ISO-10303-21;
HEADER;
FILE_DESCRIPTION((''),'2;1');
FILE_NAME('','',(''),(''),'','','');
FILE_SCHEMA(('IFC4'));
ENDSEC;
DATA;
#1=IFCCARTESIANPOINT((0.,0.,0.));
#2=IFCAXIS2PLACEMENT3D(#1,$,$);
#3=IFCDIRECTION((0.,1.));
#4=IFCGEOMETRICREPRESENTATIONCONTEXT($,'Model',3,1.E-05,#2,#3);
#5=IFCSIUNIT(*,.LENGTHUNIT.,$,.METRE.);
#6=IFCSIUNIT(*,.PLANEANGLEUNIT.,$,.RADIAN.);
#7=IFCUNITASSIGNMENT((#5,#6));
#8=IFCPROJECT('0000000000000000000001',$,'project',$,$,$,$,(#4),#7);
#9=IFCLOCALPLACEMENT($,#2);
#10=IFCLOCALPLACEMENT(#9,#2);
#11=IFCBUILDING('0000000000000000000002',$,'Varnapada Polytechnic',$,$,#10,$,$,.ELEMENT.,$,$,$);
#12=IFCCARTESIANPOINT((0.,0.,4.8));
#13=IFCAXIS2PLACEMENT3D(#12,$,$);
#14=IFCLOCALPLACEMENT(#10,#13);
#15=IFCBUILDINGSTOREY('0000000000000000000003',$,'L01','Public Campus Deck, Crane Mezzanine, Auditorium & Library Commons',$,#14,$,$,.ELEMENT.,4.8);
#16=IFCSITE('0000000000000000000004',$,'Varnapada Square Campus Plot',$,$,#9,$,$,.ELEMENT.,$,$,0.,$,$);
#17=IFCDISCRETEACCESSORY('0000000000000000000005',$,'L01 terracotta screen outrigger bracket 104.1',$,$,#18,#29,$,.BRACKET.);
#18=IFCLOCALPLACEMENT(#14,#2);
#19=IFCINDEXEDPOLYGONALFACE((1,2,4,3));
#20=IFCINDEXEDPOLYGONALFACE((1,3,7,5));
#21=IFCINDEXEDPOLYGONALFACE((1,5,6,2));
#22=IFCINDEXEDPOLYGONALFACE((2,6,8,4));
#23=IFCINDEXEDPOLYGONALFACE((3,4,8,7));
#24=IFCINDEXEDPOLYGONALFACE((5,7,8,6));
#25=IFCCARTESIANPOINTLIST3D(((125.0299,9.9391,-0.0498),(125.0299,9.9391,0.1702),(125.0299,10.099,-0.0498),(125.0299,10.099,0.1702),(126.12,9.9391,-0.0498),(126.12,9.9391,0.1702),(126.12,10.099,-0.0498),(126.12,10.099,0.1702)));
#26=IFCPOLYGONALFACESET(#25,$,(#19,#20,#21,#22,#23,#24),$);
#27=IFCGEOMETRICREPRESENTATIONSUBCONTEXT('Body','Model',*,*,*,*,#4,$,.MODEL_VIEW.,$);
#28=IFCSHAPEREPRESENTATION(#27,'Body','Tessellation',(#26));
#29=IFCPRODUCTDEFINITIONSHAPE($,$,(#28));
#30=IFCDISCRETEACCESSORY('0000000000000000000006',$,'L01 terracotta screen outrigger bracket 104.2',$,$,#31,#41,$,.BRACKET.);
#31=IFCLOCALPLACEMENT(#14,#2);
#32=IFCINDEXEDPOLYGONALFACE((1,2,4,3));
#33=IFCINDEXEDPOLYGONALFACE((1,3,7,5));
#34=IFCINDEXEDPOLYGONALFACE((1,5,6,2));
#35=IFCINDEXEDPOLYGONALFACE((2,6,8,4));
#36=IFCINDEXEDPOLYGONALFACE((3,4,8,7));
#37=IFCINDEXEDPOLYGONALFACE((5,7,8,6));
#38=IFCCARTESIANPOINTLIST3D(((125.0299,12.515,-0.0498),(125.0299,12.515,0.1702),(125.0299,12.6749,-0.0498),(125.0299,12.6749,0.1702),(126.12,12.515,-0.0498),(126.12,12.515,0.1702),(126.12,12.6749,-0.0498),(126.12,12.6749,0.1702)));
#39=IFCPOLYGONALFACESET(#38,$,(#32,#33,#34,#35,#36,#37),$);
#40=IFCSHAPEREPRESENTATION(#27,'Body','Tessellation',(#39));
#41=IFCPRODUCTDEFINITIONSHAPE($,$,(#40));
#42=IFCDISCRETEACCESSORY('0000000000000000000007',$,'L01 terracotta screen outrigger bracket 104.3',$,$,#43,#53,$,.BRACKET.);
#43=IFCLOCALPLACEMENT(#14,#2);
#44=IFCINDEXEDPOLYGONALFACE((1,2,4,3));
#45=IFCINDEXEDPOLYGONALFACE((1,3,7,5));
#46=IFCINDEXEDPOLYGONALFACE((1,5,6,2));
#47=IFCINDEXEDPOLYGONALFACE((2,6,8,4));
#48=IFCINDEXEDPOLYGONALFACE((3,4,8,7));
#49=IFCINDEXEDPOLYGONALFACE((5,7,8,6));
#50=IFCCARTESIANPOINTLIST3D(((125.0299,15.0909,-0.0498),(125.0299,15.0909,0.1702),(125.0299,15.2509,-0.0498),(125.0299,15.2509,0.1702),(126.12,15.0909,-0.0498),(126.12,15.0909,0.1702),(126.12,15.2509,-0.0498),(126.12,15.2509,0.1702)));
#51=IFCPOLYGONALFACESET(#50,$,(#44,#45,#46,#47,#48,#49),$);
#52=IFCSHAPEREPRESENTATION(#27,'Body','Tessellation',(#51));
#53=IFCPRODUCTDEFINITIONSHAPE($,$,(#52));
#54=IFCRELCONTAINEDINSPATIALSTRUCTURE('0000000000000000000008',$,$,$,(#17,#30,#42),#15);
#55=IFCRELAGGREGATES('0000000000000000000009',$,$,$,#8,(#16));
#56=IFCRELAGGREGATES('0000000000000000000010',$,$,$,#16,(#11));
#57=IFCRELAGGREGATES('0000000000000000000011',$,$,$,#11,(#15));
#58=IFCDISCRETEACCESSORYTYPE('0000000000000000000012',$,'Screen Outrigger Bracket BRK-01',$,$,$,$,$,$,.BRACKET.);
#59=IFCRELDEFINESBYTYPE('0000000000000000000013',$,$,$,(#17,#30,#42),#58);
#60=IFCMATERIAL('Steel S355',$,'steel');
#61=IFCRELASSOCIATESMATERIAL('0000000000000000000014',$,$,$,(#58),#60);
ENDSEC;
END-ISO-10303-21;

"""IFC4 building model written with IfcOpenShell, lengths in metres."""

from ifc_helpers import new_model, si_unit, direction, frame, origin, origin_2d, place, context, subcontext, project, spatial, rectangle, extrude, material, type_object, element, save


model = new_model("IFC4")

# Units and contexts
model_context = context("Model", 3, precision=1e-05, world=origin(), true_north=direction((0.0, 1.0)))
body_context = subcontext(model_context, "Body", "Model", "MODEL_VIEW")
ifc_project = project(units=[si_unit("LENGTHUNIT", "METRE"), si_unit("PLANEANGLEUNIT", "RADIAN")], contexts=[model_context])

# Site, building, storey
site_placement = place(None, origin())
site = spatial("IfcSite", under=ifc_project, at=site_placement, Name="Varnapada Square Campus Plot", CompositionType="ELEMENT", RefElevation=0.0)
building_placement = place(site_placement, origin())
building = spatial("IfcBuilding", under=site, at=building_placement, Name="Varnapada Polytechnic", CompositionType="ELEMENT")
storey_placement = place(building_placement, frame((0.0, 0.0, 4.8)))
storey = spatial("IfcBuildingStorey", under=building, at=storey_placement, Name="L01", Description="Public Campus Deck, Crane Mezzanine, Auditorium & Library Commons", CompositionType="ELEMENT", Elevation=4.8)

# Shared definitions
ifc_material_1 = material(Name="Steel S355", Category="steel")

# Discrete accessories
discrete_accessory_type = type_object("IfcDiscreteAccessoryType", Name="Screen Outrigger Bracket BRK-01", PredefinedType="BRACKET", material=ifc_material_1)
for number, where, z_axis, x_axis, name in (
    (1, (125.575, 10.019, -0.0498), (0.0, 0.0, 1.0), (0.0, 1.0, 0.0), "L01 terracotta screen outrigger bracket 104.1"),
    (2, (125.575, 12.595, -0.0498), (0.0, 0.0, 1.0), (0.0, 1.0, 0.0), "L01 terracotta screen outrigger bracket 104.2"),
    (3, (125.575, 15.1709, -0.0498), (0.0, 0.0, 1.0), (0.0, 1.0, 0.0), "L01 terracotta screen outrigger bracket 104.3"),
):
    element("IfcDiscreteAccessory", number, at=place(storey_placement, frame(where, z_axis=z_axis, x_axis=x_axis)), inside=storey, type_object=discrete_accessory_type, Name=name, PredefinedType="BRACKET", context=body_context, shape_type="SweptSolid", body=[
        extrude(rectangle(XDim=0.1599, YDim=1.0901, at=origin_2d()), origin(), (0.0, 0.0, 1.0), 0.22),
    ])

save(model, "model.ifc")
